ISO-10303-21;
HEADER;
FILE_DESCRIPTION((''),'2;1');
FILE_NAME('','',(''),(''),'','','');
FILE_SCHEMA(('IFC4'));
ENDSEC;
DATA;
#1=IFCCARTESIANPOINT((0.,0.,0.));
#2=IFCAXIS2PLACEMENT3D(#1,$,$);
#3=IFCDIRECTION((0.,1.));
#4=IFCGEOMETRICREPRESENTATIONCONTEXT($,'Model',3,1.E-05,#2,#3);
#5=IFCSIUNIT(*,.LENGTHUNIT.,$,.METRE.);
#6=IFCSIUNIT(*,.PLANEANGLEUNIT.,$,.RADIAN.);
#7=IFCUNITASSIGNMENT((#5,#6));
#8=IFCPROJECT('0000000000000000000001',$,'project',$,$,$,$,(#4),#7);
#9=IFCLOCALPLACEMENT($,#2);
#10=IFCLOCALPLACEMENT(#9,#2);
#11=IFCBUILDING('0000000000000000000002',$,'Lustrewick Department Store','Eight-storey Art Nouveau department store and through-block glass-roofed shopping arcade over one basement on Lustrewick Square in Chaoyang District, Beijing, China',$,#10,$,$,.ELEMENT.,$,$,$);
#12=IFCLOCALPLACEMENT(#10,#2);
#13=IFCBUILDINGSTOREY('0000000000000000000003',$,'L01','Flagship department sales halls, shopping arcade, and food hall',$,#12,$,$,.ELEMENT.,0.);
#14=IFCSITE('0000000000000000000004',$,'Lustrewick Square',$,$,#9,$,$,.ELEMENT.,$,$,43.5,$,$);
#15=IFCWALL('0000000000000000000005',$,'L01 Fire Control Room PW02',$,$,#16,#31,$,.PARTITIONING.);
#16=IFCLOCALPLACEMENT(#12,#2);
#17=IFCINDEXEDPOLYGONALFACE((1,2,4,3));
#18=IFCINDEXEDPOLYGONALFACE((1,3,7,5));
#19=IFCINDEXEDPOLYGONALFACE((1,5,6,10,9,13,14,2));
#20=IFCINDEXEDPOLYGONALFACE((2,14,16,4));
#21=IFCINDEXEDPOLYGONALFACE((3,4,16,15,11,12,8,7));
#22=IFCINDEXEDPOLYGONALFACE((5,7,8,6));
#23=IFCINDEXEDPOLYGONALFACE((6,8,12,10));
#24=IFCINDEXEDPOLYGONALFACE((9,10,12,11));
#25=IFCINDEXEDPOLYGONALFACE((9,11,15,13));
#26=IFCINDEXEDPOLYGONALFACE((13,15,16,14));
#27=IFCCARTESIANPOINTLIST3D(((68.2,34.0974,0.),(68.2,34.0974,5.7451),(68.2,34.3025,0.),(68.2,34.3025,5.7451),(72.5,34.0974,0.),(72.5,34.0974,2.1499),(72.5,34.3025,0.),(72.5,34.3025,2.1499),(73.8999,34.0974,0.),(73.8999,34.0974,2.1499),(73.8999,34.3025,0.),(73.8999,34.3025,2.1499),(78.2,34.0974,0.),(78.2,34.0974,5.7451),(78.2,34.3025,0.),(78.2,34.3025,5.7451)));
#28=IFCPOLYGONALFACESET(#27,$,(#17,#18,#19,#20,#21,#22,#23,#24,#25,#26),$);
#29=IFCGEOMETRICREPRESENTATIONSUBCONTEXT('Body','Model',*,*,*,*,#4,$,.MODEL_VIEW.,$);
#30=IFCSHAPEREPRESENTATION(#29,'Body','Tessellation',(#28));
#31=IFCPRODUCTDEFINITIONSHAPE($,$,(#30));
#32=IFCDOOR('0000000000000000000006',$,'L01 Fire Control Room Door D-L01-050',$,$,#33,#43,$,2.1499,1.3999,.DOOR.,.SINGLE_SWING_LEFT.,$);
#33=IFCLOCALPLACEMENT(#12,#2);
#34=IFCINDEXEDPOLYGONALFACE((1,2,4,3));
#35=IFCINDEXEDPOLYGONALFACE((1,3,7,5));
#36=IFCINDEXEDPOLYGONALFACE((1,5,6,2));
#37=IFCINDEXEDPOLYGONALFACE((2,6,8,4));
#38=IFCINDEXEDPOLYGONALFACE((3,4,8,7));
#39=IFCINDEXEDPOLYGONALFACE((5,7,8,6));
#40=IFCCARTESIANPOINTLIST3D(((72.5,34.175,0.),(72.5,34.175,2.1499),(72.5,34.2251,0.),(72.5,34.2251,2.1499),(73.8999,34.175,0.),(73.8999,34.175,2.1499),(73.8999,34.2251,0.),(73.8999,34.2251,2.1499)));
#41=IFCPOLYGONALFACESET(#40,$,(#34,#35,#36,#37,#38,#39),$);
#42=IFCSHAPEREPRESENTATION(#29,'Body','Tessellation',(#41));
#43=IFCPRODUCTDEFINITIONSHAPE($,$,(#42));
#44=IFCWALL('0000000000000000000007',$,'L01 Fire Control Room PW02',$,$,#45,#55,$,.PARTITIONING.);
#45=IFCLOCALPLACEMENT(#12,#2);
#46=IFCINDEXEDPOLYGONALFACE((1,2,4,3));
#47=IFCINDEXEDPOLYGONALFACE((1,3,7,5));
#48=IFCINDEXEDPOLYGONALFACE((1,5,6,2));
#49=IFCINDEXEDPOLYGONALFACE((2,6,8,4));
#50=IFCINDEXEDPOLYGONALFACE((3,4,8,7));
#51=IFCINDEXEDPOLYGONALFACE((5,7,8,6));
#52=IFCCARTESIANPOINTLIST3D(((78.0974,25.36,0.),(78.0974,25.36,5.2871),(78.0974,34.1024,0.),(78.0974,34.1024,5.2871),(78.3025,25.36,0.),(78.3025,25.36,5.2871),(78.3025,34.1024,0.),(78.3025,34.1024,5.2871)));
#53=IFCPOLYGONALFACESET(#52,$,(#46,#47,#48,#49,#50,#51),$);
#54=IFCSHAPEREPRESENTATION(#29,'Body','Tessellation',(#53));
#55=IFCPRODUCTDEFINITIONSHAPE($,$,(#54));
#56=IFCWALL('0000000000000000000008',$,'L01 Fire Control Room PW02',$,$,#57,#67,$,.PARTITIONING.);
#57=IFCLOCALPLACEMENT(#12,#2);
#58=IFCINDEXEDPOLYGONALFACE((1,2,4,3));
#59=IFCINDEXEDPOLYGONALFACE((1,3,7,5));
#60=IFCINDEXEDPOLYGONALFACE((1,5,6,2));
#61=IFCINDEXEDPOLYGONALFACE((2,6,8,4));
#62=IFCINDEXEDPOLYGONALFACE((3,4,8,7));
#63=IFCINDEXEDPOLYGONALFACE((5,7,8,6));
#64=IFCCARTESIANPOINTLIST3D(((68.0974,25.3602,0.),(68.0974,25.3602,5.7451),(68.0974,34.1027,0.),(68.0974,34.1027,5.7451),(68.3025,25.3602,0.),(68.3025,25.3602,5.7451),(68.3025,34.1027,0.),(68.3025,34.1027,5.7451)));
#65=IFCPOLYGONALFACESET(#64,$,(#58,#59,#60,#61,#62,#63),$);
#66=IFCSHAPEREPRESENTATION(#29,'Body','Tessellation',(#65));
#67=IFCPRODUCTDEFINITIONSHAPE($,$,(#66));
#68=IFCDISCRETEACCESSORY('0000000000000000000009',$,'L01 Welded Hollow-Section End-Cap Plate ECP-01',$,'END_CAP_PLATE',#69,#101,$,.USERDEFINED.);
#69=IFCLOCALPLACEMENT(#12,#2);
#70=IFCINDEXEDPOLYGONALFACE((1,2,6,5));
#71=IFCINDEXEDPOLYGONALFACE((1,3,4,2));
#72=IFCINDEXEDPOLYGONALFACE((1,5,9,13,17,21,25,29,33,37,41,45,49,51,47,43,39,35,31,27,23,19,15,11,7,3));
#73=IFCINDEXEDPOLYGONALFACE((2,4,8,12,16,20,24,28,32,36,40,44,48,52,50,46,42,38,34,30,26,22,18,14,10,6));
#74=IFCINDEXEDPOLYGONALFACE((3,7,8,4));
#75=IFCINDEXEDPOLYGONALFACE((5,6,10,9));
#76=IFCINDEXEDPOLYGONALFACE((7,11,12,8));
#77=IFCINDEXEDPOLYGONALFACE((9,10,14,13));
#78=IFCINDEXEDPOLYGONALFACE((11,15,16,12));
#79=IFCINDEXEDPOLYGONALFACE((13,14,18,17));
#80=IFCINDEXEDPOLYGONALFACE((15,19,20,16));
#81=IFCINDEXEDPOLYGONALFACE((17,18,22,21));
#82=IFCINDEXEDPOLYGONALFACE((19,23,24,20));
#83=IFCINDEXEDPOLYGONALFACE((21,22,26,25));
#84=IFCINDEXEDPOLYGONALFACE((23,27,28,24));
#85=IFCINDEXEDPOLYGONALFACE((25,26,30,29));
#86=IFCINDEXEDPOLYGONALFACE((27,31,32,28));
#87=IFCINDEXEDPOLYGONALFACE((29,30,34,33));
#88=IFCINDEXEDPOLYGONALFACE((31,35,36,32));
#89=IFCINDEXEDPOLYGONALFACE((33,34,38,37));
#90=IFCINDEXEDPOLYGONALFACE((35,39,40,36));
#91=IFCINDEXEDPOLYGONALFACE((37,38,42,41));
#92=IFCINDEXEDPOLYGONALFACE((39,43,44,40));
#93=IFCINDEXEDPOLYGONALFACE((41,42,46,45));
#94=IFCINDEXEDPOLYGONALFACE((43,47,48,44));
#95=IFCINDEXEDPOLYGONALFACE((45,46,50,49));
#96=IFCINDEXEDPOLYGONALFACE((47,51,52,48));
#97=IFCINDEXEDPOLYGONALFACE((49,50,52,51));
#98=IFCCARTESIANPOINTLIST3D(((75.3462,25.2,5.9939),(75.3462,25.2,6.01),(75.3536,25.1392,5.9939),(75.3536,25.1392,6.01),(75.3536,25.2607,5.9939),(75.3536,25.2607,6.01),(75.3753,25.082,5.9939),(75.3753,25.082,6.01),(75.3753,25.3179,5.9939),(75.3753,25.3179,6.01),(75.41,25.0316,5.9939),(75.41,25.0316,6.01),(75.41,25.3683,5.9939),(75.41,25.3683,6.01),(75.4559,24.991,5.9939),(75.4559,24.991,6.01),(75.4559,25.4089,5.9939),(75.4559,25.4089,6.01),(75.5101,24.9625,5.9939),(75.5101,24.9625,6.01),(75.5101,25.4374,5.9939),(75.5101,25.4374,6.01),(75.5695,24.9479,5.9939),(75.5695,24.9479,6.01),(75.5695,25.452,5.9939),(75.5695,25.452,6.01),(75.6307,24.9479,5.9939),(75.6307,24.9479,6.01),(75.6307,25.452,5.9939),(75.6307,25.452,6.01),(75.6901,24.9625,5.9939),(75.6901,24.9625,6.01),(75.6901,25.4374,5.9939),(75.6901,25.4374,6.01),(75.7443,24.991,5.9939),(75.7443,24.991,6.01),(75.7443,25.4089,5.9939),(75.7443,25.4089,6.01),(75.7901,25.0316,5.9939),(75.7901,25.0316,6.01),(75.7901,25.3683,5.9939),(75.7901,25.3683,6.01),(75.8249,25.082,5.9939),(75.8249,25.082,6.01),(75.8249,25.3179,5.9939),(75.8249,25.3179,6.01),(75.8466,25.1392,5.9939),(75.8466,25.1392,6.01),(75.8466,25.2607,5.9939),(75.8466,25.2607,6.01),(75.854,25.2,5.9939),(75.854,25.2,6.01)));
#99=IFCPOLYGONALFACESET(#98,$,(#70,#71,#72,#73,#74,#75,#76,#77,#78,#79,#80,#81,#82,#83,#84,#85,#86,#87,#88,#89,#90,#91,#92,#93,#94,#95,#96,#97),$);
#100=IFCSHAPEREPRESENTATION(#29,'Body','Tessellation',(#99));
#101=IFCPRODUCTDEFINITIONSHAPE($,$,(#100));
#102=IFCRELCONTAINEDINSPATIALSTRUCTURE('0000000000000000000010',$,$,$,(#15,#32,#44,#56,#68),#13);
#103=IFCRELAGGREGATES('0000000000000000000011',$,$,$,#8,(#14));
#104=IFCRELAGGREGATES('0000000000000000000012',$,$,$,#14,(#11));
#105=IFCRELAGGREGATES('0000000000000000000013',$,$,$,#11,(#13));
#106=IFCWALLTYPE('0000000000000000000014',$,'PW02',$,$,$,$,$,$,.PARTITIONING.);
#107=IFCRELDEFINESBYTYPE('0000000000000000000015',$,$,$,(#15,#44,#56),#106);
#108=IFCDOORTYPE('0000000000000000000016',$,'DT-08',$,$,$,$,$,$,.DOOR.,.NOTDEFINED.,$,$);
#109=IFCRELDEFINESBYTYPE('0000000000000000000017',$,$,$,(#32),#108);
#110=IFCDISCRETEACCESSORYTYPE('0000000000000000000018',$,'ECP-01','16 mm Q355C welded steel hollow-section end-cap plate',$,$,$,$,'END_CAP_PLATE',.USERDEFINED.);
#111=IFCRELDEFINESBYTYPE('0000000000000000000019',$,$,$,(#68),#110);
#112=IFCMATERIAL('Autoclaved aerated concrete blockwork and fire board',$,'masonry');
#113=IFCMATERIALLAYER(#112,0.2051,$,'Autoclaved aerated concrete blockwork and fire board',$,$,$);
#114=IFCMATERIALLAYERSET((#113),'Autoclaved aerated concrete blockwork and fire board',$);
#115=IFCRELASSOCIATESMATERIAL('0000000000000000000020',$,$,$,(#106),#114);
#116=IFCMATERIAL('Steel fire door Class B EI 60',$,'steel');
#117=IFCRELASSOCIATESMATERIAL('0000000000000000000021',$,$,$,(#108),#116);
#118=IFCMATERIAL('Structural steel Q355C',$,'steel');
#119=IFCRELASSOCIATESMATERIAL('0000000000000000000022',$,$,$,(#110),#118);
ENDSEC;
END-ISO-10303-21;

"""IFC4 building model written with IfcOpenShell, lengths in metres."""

from ifc_helpers import new_model, si_unit, direction, frame, frame_2d, origin, origin_2d, place, context, subcontext, project, spatial, rectangle, circle, extrude, material, layer, layer_set, type_object, element, fill, save


model = new_model("IFC4")

# Units and contexts
model_context = context("Model", 3, precision=1e-05, world=origin(), true_north=direction((0.0, 1.0)))
body_context = subcontext(model_context, "Body", "Model", "MODEL_VIEW")
ifc_project = project(units=[si_unit("LENGTHUNIT", "METRE"), si_unit("PLANEANGLEUNIT", "RADIAN")], contexts=[model_context])

# Site, building, storey
site_placement = place(None, origin())
site = spatial("IfcSite", under=ifc_project, at=site_placement, Name="Lustrewick Square", CompositionType="ELEMENT", RefElevation=43.5)
building_placement = place(site_placement, origin())
building = spatial("IfcBuilding", under=site, at=building_placement, Name="Lustrewick Department Store", Description="Eight-storey Art Nouveau department store and through-block glass-roofed shopping arcade over one basement on Lustrewick Square in Chaoyang District, Beijing, China", CompositionType="ELEMENT")
storey_placement = place(building_placement, origin())
storey = spatial("IfcBuildingStorey", under=building, at=storey_placement, Name="L01", Description="Flagship department sales halls, shopping arcade, and food hall", CompositionType="ELEMENT", Elevation=0.0)

# Shared definitions
ifc_material_1 = material(Name="Structural steel Q355C", Category="steel")

# Wall, opening, door
ifc_material_2 = material(Name="Autoclaved aerated concrete blockwork and fire board", Category="masonry")
ifc_layer_1 = layer(ifc_material_2, 0.2051, Name="Autoclaved aerated concrete blockwork and fire board")
ifc_layer_set_1 = layer_set([ifc_layer_1], Name="Autoclaved aerated concrete blockwork and fire board")
wall_type_1 = type_object("IfcWallType", Name="PW02", PredefinedType="PARTITIONING", material=ifc_layer_set_1)
wall_1_placement = place(storey_placement, frame((78.2, 34.2, 0.0), z_axis=(0.0, 0.0, 1.0), x_axis=(-1.0, 0.0, 0.0)))
wall_1 = element("IfcWall", 1, at=wall_1_placement, inside=storey, type_object=wall_type_1, Name="L01 Fire Control Room PW02", PredefinedType="PARTITIONING", context=body_context, shape_type="SweptSolid", body=[
    extrude(rectangle(XDim=10.0, YDim=0.2051, at=frame_2d((5.0, 0.0))), origin(), (0.0, 0.0, 1.0), 5.7451),
])
opening_1_placement = place(wall_1_placement, frame((4.3, 0.0, 0.0)))
opening_1 = element("IfcOpeningElement", 2, at=opening_1_placement, cuts=wall_1, PredefinedType="OPENING", context=body_context, shape_type="SweptSolid", body=[
    extrude(rectangle(XDim=1.3999, YDim=2.1499, at=frame_2d((0.7, 1.075))), frame((0.0, 0.1125, 0.0), z_axis=(0.0, -1.0, 0.0), x_axis=(1.0, 0.0, 0.0)), (0.0, 0.0, 1.0), 0.2251),
])
ifc_material_3 = material(Name="Steel fire door Class B EI 60", Category="steel")
door_type_1 = type_object("IfcDoorType", Name="DT-08", OperationType="NOTDEFINED", PredefinedType="DOOR", material=ifc_material_3)
door_1_placement = place(opening_1_placement, origin())
door_1 = element("IfcDoor", 3, at=door_1_placement, inside=storey, type_object=door_type_1, Name="L01 Fire Control Room Door D-L01-050", OperationType="SINGLE_SWING_LEFT", OverallHeight=2.1499, OverallWidth=1.3999, PredefinedType="DOOR", context=body_context, shape_type="SweptSolid", body=[
    extrude(rectangle(XDim=1.3999, YDim=2.1499, at=frame_2d((0.7, 1.075))), frame((0.0, 0.0249, 0.0), z_axis=(0.0, -1.0, 0.0), x_axis=(1.0, 0.0, 0.0)), (0.0, 0.0, 1.0), 0.05),
])
fill(opening_1, door_1)

# Walls
wall_2_placement = place(storey_placement, frame((78.2, 25.3601, 0.0), z_axis=(0.0, 0.0, 1.0), x_axis=(0.0, 1.0, 0.0)))
element("IfcWall", 4, at=wall_2_placement, inside=storey, type_object=wall_type_1, Name="L01 Fire Control Room PW02", PredefinedType="PARTITIONING", context=body_context, shape_type="SweptSolid", body=[
    extrude(rectangle(XDim=8.7424, YDim=0.2051, at=frame_2d((4.3711, 0.0))), origin(), (0.0, 0.0, 1.0), 5.2871),
])
wall_3_placement = place(storey_placement, frame((68.2, 34.1025, 0.0), z_axis=(0.0, 0.0, 1.0), x_axis=(0.0, -1.0, 0.0)))
element("IfcWall", 5, at=wall_3_placement, inside=storey, type_object=wall_type_1, Name="L01 Fire Control Room PW02", PredefinedType="PARTITIONING", context=body_context, shape_type="SweptSolid", body=[
    extrude(rectangle(XDim=8.7424, YDim=0.2051, at=frame_2d((4.3711, 0.0))), origin(), (0.0, 0.0, 1.0), 5.7451),
])

# Discrete accessory
discrete_accessory_type = type_object("IfcDiscreteAccessoryType", Name="ECP-01", Description="16 mm Q355C welded steel hollow-section end-cap plate", ElementType="END_CAP_PLATE", PredefinedType="USERDEFINED", material=ifc_material_1)
discrete_accessory_placement = place(storey_placement, frame((75.6001, 25.2, 5.9939), z_axis=(0.0, 0.0, 1.0), x_axis=(1.0, 0.0, 0.0)))
element("IfcDiscreteAccessory", 6, at=discrete_accessory_placement, inside=storey, type_object=discrete_accessory_type, Name="L01 Welded Hollow-Section End-Cap Plate ECP-01", ObjectType="END_CAP_PLATE", PredefinedType="USERDEFINED", context=body_context, shape_type="SweptSolid", body=[
    extrude(circle(Radius=0.2539, at=origin_2d()), origin(), (0.0, 0.0, 1.0), 0.0161),
])

save(model, "model.ifc")
